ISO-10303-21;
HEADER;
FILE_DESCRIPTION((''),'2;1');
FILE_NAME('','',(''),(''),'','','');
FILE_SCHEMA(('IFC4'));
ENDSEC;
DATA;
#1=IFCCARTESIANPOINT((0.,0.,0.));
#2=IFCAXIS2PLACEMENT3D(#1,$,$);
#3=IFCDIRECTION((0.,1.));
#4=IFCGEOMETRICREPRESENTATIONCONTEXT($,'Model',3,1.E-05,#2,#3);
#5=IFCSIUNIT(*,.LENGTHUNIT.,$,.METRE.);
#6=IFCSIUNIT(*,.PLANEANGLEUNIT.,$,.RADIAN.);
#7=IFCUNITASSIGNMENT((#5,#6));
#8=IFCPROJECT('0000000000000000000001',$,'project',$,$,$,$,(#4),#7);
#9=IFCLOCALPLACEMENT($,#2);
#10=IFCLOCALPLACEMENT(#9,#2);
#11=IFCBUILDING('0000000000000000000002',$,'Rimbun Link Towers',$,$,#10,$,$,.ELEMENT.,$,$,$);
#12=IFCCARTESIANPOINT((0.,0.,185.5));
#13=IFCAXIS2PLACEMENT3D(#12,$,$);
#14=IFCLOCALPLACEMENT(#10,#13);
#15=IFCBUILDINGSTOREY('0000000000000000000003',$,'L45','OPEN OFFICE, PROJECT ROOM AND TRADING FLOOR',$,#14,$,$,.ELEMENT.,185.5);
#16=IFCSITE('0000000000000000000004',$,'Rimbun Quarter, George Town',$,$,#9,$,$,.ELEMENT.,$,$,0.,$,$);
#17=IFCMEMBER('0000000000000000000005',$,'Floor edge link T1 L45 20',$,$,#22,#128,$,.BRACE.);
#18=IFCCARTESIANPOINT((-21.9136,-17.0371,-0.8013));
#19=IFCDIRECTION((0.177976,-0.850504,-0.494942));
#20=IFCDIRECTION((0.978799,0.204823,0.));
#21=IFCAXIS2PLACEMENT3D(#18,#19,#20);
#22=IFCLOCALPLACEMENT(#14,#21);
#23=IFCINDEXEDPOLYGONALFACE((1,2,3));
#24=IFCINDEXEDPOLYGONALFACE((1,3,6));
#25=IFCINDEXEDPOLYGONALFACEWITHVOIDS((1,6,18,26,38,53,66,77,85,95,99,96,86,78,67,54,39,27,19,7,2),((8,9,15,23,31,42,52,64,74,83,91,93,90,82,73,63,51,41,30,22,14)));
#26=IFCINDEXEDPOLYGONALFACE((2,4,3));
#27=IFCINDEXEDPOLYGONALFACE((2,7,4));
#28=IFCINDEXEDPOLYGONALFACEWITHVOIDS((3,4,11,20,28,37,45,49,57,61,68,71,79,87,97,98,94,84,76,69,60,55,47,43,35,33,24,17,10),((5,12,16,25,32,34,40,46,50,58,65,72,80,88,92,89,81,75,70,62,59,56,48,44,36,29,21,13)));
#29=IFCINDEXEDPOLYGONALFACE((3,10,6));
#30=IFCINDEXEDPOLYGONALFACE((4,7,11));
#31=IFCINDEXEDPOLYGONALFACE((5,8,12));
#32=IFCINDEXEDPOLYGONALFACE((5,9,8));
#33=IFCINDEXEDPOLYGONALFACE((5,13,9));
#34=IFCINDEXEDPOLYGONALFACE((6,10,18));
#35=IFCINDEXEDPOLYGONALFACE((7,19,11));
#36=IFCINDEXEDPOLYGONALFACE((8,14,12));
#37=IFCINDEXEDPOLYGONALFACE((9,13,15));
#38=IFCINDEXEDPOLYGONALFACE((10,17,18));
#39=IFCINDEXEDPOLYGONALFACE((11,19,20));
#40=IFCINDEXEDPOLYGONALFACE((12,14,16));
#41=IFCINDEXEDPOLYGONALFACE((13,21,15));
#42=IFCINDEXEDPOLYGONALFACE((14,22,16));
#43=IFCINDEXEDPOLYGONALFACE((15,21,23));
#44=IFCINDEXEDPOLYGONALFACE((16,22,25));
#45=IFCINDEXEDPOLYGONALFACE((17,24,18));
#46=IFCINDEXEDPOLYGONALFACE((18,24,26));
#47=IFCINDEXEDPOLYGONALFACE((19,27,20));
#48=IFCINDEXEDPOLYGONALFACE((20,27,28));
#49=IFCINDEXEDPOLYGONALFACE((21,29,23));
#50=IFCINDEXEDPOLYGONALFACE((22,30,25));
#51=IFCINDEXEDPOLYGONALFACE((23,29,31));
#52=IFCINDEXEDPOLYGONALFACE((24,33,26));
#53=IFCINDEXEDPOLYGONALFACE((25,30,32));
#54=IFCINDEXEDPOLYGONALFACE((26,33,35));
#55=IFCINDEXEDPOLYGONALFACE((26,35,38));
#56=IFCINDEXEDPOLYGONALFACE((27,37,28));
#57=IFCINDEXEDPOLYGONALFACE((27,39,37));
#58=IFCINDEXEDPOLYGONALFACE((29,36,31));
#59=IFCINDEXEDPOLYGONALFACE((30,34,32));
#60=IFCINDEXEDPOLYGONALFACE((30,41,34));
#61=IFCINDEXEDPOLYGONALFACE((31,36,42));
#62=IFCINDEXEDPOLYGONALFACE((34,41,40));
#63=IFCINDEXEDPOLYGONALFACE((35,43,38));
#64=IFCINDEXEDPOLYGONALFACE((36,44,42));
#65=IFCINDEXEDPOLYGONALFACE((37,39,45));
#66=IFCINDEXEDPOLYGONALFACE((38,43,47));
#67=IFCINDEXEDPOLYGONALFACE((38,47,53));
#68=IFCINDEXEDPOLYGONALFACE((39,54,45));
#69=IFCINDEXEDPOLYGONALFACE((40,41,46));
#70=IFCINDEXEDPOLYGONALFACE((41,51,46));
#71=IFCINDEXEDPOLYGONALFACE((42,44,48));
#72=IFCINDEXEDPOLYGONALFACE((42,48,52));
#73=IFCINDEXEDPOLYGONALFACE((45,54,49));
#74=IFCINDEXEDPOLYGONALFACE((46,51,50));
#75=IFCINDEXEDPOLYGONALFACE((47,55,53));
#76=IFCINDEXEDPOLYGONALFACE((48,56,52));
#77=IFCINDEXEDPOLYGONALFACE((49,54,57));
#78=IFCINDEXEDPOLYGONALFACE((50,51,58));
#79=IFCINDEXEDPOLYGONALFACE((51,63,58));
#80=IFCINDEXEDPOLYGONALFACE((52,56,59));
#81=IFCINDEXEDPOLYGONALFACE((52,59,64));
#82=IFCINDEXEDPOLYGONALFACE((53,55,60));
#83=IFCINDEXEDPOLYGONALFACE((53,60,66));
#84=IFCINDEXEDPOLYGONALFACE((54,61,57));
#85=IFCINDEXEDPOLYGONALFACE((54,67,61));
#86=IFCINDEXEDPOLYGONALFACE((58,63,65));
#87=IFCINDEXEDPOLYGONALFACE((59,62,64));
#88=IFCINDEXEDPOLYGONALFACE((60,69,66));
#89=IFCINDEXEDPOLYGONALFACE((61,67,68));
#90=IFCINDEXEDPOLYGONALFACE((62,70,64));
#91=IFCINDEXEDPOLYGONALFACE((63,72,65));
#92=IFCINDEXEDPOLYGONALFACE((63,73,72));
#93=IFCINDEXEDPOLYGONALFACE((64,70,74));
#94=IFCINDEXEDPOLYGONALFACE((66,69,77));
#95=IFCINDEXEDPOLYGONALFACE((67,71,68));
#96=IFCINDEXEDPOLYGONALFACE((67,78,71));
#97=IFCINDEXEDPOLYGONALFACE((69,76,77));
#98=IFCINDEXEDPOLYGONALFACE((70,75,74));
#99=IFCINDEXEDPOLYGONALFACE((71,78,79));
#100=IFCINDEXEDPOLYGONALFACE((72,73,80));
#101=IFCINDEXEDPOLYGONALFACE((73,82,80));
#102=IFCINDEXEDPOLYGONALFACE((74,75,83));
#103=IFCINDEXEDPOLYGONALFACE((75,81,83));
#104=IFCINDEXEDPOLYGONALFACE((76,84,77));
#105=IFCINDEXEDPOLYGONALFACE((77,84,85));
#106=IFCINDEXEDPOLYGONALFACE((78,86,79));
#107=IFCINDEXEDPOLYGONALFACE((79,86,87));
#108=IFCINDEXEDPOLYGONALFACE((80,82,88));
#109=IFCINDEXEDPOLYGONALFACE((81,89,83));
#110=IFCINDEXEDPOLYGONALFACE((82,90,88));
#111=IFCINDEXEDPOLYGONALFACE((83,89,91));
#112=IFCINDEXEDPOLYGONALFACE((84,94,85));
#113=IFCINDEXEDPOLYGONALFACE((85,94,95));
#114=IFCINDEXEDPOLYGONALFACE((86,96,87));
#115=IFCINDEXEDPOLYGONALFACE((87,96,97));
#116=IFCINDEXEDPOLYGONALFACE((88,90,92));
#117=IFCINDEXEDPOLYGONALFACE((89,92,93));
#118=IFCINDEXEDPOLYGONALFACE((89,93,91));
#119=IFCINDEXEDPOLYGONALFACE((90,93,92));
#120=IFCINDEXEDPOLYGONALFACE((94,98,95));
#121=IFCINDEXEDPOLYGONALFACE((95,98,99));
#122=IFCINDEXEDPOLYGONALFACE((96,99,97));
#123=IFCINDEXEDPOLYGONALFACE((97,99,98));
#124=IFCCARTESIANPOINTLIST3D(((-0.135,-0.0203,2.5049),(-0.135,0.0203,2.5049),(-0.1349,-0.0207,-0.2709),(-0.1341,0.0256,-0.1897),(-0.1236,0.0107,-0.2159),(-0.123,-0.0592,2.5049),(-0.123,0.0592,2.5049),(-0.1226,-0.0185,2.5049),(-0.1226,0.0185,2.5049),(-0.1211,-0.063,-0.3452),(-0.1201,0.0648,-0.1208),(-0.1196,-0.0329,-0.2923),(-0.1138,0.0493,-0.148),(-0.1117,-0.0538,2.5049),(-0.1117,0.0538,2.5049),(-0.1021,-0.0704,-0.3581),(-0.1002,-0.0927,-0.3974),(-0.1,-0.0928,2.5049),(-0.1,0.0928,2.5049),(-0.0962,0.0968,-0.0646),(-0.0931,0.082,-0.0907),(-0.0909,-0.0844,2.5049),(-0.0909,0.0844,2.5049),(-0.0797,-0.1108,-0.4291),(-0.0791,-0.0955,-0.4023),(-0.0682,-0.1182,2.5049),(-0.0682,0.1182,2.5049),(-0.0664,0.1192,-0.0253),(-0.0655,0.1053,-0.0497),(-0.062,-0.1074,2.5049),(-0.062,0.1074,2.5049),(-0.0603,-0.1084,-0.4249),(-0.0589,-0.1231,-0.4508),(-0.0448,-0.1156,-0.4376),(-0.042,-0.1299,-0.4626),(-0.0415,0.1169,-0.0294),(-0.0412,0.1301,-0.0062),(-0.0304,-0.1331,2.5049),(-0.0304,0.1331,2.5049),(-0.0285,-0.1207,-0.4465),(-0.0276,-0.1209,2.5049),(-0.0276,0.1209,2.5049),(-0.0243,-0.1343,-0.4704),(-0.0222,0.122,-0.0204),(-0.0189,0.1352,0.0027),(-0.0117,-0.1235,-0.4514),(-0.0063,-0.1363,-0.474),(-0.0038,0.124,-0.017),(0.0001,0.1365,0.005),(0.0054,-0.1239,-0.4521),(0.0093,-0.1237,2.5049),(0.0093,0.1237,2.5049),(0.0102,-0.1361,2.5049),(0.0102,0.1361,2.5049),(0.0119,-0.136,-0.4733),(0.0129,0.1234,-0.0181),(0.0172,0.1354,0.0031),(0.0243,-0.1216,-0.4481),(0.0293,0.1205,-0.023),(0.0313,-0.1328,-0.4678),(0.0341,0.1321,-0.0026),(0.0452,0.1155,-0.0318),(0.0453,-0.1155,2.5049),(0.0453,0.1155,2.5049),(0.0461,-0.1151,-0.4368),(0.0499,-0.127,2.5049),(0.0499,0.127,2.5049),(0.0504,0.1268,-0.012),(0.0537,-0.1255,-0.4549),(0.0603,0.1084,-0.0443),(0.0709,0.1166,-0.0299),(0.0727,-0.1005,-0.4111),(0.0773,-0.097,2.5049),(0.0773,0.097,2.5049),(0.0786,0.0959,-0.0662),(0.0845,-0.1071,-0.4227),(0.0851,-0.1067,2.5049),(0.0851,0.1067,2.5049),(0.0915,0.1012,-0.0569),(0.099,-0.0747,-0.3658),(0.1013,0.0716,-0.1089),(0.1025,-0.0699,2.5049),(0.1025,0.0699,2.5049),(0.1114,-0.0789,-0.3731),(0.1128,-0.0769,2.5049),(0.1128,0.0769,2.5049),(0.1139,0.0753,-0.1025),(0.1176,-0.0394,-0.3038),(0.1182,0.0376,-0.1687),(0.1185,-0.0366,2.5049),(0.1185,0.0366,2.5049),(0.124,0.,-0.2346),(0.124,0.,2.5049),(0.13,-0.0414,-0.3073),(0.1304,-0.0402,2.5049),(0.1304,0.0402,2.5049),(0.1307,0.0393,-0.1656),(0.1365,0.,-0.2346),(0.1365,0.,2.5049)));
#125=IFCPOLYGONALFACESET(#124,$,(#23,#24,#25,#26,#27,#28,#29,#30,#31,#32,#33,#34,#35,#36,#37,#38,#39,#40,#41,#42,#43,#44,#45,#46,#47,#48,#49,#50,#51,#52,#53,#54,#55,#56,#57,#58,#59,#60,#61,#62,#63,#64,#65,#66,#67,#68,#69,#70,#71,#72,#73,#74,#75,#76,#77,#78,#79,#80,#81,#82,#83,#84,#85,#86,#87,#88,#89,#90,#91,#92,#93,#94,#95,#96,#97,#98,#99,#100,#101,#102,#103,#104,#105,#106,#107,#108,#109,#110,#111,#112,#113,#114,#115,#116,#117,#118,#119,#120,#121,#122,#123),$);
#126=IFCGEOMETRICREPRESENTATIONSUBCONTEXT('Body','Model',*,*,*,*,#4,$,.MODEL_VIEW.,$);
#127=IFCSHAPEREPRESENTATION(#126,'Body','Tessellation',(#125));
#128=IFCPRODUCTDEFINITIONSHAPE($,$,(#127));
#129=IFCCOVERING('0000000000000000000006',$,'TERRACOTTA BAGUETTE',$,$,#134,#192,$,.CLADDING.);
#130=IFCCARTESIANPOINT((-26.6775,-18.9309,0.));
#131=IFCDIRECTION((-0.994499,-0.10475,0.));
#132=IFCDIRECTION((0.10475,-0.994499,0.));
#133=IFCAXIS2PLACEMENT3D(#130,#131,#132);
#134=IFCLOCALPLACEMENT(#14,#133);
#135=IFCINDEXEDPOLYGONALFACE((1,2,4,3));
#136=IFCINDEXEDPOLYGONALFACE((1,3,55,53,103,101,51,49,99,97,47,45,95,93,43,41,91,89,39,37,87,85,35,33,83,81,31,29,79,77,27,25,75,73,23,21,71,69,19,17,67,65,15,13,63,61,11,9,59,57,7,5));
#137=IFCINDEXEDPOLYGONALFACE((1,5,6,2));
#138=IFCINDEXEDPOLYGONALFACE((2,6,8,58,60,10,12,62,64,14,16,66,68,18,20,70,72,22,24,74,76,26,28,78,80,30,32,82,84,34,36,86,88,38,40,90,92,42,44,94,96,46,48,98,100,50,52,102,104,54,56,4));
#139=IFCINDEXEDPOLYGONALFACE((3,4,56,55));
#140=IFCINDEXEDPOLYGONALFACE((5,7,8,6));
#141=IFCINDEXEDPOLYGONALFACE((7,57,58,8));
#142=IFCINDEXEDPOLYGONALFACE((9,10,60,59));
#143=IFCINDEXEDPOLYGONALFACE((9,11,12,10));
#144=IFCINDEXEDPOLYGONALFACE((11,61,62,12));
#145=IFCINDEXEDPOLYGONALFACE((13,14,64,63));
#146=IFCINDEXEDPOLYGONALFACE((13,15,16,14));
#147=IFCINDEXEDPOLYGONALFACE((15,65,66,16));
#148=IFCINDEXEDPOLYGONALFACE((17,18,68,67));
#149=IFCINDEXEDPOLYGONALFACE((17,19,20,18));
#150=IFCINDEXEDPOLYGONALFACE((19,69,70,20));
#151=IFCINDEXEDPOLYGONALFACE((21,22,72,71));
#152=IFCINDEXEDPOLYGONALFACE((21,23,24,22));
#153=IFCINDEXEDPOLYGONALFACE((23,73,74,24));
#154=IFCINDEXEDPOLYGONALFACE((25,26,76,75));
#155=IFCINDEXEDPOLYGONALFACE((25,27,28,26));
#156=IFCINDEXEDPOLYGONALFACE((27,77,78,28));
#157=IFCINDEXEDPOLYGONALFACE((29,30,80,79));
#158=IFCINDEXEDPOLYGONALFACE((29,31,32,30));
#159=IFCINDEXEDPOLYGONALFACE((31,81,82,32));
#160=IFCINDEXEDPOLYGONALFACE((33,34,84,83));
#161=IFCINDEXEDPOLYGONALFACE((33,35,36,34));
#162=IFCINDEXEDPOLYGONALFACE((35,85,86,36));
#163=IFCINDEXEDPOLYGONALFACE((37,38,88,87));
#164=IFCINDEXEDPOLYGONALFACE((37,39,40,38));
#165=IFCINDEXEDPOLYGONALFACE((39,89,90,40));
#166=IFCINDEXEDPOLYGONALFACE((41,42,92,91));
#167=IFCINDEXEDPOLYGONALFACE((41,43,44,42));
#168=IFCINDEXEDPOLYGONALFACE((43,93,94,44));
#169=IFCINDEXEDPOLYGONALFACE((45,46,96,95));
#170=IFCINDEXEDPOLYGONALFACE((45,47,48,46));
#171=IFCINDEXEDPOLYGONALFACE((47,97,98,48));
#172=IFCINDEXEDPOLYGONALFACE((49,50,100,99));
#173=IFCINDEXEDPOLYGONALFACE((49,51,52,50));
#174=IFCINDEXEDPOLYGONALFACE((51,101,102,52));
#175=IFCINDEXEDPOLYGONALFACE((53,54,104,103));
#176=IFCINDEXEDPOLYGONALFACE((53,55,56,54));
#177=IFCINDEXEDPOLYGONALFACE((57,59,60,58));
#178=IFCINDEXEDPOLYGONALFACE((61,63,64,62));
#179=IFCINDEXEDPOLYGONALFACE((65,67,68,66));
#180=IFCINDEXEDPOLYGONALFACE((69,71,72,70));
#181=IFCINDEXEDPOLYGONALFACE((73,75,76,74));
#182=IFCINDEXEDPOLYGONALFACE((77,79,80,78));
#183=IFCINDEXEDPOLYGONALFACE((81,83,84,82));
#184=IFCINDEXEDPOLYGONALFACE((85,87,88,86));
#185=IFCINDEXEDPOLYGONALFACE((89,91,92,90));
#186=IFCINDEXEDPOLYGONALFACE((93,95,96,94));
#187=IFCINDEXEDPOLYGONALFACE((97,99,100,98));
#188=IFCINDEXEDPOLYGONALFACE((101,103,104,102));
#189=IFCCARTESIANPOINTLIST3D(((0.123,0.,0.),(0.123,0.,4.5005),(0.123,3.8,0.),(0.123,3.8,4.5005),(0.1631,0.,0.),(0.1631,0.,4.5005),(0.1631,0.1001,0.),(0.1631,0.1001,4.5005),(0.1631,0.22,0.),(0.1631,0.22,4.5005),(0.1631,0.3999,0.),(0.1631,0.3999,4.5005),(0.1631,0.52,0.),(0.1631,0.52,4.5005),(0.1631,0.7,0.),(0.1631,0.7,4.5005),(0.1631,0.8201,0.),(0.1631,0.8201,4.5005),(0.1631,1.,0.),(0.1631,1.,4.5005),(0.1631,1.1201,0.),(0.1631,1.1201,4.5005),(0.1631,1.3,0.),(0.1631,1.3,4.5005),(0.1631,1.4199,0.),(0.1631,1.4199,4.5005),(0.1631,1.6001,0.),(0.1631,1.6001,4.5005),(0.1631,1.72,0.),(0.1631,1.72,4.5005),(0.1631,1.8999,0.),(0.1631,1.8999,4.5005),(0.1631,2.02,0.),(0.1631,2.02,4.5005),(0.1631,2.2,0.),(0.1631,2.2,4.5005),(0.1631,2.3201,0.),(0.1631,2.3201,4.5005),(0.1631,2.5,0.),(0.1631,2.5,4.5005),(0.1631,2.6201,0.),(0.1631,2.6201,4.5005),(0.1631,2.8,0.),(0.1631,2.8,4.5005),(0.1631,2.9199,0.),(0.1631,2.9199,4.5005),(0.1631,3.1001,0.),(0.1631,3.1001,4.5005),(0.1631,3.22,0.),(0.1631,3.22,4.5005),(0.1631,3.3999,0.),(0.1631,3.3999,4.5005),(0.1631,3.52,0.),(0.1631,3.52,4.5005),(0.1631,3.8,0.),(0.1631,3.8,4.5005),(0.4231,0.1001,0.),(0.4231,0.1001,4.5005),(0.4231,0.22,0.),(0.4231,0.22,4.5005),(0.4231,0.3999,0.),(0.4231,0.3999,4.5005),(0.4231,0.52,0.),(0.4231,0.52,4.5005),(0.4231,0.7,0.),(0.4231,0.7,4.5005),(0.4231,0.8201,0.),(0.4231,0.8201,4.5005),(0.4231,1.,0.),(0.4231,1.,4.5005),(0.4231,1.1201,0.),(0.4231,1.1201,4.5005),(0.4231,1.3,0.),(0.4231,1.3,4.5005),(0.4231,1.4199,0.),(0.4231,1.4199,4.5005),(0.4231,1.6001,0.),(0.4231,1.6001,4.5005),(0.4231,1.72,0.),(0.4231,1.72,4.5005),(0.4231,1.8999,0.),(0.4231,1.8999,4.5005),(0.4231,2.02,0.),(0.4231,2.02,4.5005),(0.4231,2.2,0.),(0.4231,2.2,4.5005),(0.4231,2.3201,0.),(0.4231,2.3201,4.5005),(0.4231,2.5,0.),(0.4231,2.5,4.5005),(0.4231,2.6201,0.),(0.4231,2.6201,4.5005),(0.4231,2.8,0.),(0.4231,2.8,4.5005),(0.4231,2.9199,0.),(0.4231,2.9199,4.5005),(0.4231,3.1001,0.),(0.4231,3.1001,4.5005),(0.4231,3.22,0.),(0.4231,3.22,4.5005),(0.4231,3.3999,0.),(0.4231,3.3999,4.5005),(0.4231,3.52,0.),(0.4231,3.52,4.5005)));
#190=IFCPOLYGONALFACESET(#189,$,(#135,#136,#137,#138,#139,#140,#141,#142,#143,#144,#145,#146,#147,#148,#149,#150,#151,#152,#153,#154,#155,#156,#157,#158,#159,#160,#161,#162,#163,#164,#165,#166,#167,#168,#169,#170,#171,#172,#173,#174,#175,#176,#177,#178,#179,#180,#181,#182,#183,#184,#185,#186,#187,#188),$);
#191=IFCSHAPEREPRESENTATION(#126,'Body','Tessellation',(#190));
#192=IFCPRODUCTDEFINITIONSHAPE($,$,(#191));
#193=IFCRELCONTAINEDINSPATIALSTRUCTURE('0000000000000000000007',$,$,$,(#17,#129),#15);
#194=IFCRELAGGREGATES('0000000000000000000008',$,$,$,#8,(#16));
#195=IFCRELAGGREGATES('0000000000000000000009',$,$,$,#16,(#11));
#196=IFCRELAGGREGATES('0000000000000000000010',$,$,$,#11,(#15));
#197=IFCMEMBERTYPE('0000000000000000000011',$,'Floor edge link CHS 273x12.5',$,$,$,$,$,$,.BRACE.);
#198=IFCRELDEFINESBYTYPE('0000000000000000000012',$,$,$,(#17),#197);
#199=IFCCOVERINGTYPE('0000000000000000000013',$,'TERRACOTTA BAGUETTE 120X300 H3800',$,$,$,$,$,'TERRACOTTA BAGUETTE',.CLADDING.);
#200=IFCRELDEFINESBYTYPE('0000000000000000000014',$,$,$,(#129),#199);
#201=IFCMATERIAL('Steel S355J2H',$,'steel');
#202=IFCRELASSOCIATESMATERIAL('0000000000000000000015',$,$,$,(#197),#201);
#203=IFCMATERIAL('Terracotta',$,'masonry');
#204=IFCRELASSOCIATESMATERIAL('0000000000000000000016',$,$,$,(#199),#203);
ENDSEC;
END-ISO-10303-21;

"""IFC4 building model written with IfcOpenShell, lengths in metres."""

from ifc_helpers import new_model, si_unit, direction, frame, origin, origin_2d, place, context, subcontext, project, spatial, polyline, hollow_circle, outline, extrude, clip, halfspace, material, material_profile, profile_set, type_object, element, save


model = new_model("IFC4")

# Units and contexts
model_context = context("Model", 3, precision=1e-05, world=origin(), true_north=direction((0.0, 1.0)))
body_context = subcontext(model_context, "Body", "Model", "MODEL_VIEW")
ifc_project = project(units=[si_unit("LENGTHUNIT", "METRE"), si_unit("PLANEANGLEUNIT", "RADIAN")], contexts=[model_context])

# Site, building, storey
site_placement = place(None, origin())
site = spatial("IfcSite", under=ifc_project, at=site_placement, Name="Rimbun Quarter, George Town", CompositionType="ELEMENT", RefElevation=0.0)
building_placement = place(site_placement, origin())
building = spatial("IfcBuilding", under=site, at=building_placement, Name="Rimbun Link Towers", CompositionType="ELEMENT")
storey_placement = place(building_placement, frame((0.0, 0.0, 185.5)))
storey = spatial("IfcBuildingStorey", under=building, at=storey_placement, Name="L45", Description="OPEN OFFICE, PROJECT ROOM AND TRADING FLOOR", CompositionType="ELEMENT", Elevation=185.5)

# Member
ifc_material_1 = material(Name="Steel S355J2H", Category="steel")
ifc_material_profile_1 = material_profile(ifc_material_1, hollow_circle(Radius=0.1365, WallThickness=0.0125, at=origin_2d()), Name="CHS 273x12.5")
ifc_profile_set_1 = profile_set([ifc_material_profile_1], Name="Steel S355J2H")
member_type_1 = type_object("IfcMemberType", Name="Floor edge link CHS 273x12.5", PredefinedType="BRACE", material=ifc_profile_set_1)
member_1_placement = place(storey_placement, frame((-21.9136, -17.0371, -0.8013), z_axis=(0.177976, -0.850504, -0.494942), x_axis=(0.978799, 0.204823, 0.0)))
element("IfcMember", 1, at=member_1_placement, inside=storey, type_object=member_type_1, Name="Floor edge link T1 L45 20", PredefinedType="BRACE", context=body_context, shape_type="Clipping", body=[
    clip(extrude(hollow_circle(Radius=0.1365, WallThickness=0.0125, at=origin_2d()), frame((0.0, 0.0, -0.4995)), (0.0, 0.0, 1.0), 3.0044), halfspace(frame((0.0, 0.0, -0.2346), z_axis=(0.0, 0.868926, -0.494942)), False)),
])

# Covering
ifc_material_2 = material(Name="Terracotta", Category="masonry")
ifc_material_profile_2 = material_profile(ifc_material_2, outline(polyline([(0.123, 0.0), (0.1631, 0.0), (0.1631, 0.1001), (0.4231, 0.1001), (0.4231, 0.22), (0.1631, 0.22), (0.1631, 0.3999), (0.4231, 0.3999), (0.4231, 0.52), (0.1631, 0.52), (0.1631, 0.7), (0.4231, 0.7), (0.4231, 0.8201), (0.1631, 0.8201), (0.1631, 1.0), (0.4231, 1.0), (0.4231, 1.1201), (0.1631, 1.1201), (0.1631, 1.3), (0.4231, 1.3), (0.4231, 1.4199), (0.1631, 1.4199), (0.1631, 1.6001), (0.4231, 1.6001), (0.4231, 1.72), (0.1631, 1.72), (0.1631, 1.8999), (0.4231, 1.8999), (0.4231, 2.02), (0.1631, 2.02), (0.1631, 2.2), (0.4231, 2.2), (0.4231, 2.3201), (0.1631, 2.3201), (0.1631, 2.5), (0.4231, 2.5), (0.4231, 2.6201), (0.1631, 2.6201), (0.1631, 2.8), (0.4231, 2.8), (0.4231, 2.9199), (0.1631, 2.9199), (0.1631, 3.1001), (0.4231, 3.1001), (0.4231, 3.22), (0.1631, 3.22), (0.1631, 3.3999), (0.4231, 3.3999), (0.4231, 3.52), (0.1631, 3.52), (0.1631, 3.8), (0.123, 3.8), (0.123, 0.0)])), Name="BAGUETTE 120X300")
ifc_profile_set_2 = profile_set([ifc_material_profile_2], Name="Terracotta")
covering_type = type_object("IfcCoveringType", Name="TERRACOTTA BAGUETTE 120X300 H3800", ElementType="TERRACOTTA BAGUETTE", PredefinedType="CLADDING", material=ifc_profile_set_2)
covering_1_placement = place(storey_placement, frame((-26.6775, -18.9309, 0.0), z_axis=(-0.994499, -0.10475, 0.0), x_axis=(0.10475, -0.994499, 0.0)))
element("IfcCovering", 2, at=covering_1_placement, inside=storey, type_object=covering_type, Name="TERRACOTTA BAGUETTE", PredefinedType="CLADDING", context=body_context, shape_type="SweptSolid", body=[
    extrude(outline(polyline([(0.123, 0.0), (0.1631, 0.0), (0.1631, 0.1001), (0.4231, 0.1001), (0.4231, 0.22), (0.1631, 0.22), (0.1631, 0.3999), (0.4231, 0.3999), (0.4231, 0.52), (0.1631, 0.52), (0.1631, 0.7), (0.4231, 0.7), (0.4231, 0.8201), (0.1631, 0.8201), (0.1631, 1.0), (0.4231, 1.0), (0.4231, 1.1201), (0.1631, 1.1201), (0.1631, 1.3), (0.4231, 1.3), (0.4231, 1.4199), (0.1631, 1.4199), (0.1631, 1.6001), (0.4231, 1.6001), (0.4231, 1.72), (0.1631, 1.72), (0.1631, 1.8999), (0.4231, 1.8999), (0.4231, 2.02), (0.1631, 2.02), (0.1631, 2.2), (0.4231, 2.2), (0.4231, 2.3201), (0.1631, 2.3201), (0.1631, 2.5), (0.4231, 2.5), (0.4231, 2.6201), (0.1631, 2.6201), (0.1631, 2.8), (0.4231, 2.8), (0.4231, 2.9199), (0.1631, 2.9199), (0.1631, 3.1001), (0.4231, 3.1001), (0.4231, 3.22), (0.1631, 3.22), (0.1631, 3.3999), (0.4231, 3.3999), (0.4231, 3.52), (0.1631, 3.52), (0.1631, 3.8), (0.123, 3.8), (0.123, 0.0)])), origin(), (0.0, 0.0, 1.0), 4.5005),
])

save(model, "model.ifc")
